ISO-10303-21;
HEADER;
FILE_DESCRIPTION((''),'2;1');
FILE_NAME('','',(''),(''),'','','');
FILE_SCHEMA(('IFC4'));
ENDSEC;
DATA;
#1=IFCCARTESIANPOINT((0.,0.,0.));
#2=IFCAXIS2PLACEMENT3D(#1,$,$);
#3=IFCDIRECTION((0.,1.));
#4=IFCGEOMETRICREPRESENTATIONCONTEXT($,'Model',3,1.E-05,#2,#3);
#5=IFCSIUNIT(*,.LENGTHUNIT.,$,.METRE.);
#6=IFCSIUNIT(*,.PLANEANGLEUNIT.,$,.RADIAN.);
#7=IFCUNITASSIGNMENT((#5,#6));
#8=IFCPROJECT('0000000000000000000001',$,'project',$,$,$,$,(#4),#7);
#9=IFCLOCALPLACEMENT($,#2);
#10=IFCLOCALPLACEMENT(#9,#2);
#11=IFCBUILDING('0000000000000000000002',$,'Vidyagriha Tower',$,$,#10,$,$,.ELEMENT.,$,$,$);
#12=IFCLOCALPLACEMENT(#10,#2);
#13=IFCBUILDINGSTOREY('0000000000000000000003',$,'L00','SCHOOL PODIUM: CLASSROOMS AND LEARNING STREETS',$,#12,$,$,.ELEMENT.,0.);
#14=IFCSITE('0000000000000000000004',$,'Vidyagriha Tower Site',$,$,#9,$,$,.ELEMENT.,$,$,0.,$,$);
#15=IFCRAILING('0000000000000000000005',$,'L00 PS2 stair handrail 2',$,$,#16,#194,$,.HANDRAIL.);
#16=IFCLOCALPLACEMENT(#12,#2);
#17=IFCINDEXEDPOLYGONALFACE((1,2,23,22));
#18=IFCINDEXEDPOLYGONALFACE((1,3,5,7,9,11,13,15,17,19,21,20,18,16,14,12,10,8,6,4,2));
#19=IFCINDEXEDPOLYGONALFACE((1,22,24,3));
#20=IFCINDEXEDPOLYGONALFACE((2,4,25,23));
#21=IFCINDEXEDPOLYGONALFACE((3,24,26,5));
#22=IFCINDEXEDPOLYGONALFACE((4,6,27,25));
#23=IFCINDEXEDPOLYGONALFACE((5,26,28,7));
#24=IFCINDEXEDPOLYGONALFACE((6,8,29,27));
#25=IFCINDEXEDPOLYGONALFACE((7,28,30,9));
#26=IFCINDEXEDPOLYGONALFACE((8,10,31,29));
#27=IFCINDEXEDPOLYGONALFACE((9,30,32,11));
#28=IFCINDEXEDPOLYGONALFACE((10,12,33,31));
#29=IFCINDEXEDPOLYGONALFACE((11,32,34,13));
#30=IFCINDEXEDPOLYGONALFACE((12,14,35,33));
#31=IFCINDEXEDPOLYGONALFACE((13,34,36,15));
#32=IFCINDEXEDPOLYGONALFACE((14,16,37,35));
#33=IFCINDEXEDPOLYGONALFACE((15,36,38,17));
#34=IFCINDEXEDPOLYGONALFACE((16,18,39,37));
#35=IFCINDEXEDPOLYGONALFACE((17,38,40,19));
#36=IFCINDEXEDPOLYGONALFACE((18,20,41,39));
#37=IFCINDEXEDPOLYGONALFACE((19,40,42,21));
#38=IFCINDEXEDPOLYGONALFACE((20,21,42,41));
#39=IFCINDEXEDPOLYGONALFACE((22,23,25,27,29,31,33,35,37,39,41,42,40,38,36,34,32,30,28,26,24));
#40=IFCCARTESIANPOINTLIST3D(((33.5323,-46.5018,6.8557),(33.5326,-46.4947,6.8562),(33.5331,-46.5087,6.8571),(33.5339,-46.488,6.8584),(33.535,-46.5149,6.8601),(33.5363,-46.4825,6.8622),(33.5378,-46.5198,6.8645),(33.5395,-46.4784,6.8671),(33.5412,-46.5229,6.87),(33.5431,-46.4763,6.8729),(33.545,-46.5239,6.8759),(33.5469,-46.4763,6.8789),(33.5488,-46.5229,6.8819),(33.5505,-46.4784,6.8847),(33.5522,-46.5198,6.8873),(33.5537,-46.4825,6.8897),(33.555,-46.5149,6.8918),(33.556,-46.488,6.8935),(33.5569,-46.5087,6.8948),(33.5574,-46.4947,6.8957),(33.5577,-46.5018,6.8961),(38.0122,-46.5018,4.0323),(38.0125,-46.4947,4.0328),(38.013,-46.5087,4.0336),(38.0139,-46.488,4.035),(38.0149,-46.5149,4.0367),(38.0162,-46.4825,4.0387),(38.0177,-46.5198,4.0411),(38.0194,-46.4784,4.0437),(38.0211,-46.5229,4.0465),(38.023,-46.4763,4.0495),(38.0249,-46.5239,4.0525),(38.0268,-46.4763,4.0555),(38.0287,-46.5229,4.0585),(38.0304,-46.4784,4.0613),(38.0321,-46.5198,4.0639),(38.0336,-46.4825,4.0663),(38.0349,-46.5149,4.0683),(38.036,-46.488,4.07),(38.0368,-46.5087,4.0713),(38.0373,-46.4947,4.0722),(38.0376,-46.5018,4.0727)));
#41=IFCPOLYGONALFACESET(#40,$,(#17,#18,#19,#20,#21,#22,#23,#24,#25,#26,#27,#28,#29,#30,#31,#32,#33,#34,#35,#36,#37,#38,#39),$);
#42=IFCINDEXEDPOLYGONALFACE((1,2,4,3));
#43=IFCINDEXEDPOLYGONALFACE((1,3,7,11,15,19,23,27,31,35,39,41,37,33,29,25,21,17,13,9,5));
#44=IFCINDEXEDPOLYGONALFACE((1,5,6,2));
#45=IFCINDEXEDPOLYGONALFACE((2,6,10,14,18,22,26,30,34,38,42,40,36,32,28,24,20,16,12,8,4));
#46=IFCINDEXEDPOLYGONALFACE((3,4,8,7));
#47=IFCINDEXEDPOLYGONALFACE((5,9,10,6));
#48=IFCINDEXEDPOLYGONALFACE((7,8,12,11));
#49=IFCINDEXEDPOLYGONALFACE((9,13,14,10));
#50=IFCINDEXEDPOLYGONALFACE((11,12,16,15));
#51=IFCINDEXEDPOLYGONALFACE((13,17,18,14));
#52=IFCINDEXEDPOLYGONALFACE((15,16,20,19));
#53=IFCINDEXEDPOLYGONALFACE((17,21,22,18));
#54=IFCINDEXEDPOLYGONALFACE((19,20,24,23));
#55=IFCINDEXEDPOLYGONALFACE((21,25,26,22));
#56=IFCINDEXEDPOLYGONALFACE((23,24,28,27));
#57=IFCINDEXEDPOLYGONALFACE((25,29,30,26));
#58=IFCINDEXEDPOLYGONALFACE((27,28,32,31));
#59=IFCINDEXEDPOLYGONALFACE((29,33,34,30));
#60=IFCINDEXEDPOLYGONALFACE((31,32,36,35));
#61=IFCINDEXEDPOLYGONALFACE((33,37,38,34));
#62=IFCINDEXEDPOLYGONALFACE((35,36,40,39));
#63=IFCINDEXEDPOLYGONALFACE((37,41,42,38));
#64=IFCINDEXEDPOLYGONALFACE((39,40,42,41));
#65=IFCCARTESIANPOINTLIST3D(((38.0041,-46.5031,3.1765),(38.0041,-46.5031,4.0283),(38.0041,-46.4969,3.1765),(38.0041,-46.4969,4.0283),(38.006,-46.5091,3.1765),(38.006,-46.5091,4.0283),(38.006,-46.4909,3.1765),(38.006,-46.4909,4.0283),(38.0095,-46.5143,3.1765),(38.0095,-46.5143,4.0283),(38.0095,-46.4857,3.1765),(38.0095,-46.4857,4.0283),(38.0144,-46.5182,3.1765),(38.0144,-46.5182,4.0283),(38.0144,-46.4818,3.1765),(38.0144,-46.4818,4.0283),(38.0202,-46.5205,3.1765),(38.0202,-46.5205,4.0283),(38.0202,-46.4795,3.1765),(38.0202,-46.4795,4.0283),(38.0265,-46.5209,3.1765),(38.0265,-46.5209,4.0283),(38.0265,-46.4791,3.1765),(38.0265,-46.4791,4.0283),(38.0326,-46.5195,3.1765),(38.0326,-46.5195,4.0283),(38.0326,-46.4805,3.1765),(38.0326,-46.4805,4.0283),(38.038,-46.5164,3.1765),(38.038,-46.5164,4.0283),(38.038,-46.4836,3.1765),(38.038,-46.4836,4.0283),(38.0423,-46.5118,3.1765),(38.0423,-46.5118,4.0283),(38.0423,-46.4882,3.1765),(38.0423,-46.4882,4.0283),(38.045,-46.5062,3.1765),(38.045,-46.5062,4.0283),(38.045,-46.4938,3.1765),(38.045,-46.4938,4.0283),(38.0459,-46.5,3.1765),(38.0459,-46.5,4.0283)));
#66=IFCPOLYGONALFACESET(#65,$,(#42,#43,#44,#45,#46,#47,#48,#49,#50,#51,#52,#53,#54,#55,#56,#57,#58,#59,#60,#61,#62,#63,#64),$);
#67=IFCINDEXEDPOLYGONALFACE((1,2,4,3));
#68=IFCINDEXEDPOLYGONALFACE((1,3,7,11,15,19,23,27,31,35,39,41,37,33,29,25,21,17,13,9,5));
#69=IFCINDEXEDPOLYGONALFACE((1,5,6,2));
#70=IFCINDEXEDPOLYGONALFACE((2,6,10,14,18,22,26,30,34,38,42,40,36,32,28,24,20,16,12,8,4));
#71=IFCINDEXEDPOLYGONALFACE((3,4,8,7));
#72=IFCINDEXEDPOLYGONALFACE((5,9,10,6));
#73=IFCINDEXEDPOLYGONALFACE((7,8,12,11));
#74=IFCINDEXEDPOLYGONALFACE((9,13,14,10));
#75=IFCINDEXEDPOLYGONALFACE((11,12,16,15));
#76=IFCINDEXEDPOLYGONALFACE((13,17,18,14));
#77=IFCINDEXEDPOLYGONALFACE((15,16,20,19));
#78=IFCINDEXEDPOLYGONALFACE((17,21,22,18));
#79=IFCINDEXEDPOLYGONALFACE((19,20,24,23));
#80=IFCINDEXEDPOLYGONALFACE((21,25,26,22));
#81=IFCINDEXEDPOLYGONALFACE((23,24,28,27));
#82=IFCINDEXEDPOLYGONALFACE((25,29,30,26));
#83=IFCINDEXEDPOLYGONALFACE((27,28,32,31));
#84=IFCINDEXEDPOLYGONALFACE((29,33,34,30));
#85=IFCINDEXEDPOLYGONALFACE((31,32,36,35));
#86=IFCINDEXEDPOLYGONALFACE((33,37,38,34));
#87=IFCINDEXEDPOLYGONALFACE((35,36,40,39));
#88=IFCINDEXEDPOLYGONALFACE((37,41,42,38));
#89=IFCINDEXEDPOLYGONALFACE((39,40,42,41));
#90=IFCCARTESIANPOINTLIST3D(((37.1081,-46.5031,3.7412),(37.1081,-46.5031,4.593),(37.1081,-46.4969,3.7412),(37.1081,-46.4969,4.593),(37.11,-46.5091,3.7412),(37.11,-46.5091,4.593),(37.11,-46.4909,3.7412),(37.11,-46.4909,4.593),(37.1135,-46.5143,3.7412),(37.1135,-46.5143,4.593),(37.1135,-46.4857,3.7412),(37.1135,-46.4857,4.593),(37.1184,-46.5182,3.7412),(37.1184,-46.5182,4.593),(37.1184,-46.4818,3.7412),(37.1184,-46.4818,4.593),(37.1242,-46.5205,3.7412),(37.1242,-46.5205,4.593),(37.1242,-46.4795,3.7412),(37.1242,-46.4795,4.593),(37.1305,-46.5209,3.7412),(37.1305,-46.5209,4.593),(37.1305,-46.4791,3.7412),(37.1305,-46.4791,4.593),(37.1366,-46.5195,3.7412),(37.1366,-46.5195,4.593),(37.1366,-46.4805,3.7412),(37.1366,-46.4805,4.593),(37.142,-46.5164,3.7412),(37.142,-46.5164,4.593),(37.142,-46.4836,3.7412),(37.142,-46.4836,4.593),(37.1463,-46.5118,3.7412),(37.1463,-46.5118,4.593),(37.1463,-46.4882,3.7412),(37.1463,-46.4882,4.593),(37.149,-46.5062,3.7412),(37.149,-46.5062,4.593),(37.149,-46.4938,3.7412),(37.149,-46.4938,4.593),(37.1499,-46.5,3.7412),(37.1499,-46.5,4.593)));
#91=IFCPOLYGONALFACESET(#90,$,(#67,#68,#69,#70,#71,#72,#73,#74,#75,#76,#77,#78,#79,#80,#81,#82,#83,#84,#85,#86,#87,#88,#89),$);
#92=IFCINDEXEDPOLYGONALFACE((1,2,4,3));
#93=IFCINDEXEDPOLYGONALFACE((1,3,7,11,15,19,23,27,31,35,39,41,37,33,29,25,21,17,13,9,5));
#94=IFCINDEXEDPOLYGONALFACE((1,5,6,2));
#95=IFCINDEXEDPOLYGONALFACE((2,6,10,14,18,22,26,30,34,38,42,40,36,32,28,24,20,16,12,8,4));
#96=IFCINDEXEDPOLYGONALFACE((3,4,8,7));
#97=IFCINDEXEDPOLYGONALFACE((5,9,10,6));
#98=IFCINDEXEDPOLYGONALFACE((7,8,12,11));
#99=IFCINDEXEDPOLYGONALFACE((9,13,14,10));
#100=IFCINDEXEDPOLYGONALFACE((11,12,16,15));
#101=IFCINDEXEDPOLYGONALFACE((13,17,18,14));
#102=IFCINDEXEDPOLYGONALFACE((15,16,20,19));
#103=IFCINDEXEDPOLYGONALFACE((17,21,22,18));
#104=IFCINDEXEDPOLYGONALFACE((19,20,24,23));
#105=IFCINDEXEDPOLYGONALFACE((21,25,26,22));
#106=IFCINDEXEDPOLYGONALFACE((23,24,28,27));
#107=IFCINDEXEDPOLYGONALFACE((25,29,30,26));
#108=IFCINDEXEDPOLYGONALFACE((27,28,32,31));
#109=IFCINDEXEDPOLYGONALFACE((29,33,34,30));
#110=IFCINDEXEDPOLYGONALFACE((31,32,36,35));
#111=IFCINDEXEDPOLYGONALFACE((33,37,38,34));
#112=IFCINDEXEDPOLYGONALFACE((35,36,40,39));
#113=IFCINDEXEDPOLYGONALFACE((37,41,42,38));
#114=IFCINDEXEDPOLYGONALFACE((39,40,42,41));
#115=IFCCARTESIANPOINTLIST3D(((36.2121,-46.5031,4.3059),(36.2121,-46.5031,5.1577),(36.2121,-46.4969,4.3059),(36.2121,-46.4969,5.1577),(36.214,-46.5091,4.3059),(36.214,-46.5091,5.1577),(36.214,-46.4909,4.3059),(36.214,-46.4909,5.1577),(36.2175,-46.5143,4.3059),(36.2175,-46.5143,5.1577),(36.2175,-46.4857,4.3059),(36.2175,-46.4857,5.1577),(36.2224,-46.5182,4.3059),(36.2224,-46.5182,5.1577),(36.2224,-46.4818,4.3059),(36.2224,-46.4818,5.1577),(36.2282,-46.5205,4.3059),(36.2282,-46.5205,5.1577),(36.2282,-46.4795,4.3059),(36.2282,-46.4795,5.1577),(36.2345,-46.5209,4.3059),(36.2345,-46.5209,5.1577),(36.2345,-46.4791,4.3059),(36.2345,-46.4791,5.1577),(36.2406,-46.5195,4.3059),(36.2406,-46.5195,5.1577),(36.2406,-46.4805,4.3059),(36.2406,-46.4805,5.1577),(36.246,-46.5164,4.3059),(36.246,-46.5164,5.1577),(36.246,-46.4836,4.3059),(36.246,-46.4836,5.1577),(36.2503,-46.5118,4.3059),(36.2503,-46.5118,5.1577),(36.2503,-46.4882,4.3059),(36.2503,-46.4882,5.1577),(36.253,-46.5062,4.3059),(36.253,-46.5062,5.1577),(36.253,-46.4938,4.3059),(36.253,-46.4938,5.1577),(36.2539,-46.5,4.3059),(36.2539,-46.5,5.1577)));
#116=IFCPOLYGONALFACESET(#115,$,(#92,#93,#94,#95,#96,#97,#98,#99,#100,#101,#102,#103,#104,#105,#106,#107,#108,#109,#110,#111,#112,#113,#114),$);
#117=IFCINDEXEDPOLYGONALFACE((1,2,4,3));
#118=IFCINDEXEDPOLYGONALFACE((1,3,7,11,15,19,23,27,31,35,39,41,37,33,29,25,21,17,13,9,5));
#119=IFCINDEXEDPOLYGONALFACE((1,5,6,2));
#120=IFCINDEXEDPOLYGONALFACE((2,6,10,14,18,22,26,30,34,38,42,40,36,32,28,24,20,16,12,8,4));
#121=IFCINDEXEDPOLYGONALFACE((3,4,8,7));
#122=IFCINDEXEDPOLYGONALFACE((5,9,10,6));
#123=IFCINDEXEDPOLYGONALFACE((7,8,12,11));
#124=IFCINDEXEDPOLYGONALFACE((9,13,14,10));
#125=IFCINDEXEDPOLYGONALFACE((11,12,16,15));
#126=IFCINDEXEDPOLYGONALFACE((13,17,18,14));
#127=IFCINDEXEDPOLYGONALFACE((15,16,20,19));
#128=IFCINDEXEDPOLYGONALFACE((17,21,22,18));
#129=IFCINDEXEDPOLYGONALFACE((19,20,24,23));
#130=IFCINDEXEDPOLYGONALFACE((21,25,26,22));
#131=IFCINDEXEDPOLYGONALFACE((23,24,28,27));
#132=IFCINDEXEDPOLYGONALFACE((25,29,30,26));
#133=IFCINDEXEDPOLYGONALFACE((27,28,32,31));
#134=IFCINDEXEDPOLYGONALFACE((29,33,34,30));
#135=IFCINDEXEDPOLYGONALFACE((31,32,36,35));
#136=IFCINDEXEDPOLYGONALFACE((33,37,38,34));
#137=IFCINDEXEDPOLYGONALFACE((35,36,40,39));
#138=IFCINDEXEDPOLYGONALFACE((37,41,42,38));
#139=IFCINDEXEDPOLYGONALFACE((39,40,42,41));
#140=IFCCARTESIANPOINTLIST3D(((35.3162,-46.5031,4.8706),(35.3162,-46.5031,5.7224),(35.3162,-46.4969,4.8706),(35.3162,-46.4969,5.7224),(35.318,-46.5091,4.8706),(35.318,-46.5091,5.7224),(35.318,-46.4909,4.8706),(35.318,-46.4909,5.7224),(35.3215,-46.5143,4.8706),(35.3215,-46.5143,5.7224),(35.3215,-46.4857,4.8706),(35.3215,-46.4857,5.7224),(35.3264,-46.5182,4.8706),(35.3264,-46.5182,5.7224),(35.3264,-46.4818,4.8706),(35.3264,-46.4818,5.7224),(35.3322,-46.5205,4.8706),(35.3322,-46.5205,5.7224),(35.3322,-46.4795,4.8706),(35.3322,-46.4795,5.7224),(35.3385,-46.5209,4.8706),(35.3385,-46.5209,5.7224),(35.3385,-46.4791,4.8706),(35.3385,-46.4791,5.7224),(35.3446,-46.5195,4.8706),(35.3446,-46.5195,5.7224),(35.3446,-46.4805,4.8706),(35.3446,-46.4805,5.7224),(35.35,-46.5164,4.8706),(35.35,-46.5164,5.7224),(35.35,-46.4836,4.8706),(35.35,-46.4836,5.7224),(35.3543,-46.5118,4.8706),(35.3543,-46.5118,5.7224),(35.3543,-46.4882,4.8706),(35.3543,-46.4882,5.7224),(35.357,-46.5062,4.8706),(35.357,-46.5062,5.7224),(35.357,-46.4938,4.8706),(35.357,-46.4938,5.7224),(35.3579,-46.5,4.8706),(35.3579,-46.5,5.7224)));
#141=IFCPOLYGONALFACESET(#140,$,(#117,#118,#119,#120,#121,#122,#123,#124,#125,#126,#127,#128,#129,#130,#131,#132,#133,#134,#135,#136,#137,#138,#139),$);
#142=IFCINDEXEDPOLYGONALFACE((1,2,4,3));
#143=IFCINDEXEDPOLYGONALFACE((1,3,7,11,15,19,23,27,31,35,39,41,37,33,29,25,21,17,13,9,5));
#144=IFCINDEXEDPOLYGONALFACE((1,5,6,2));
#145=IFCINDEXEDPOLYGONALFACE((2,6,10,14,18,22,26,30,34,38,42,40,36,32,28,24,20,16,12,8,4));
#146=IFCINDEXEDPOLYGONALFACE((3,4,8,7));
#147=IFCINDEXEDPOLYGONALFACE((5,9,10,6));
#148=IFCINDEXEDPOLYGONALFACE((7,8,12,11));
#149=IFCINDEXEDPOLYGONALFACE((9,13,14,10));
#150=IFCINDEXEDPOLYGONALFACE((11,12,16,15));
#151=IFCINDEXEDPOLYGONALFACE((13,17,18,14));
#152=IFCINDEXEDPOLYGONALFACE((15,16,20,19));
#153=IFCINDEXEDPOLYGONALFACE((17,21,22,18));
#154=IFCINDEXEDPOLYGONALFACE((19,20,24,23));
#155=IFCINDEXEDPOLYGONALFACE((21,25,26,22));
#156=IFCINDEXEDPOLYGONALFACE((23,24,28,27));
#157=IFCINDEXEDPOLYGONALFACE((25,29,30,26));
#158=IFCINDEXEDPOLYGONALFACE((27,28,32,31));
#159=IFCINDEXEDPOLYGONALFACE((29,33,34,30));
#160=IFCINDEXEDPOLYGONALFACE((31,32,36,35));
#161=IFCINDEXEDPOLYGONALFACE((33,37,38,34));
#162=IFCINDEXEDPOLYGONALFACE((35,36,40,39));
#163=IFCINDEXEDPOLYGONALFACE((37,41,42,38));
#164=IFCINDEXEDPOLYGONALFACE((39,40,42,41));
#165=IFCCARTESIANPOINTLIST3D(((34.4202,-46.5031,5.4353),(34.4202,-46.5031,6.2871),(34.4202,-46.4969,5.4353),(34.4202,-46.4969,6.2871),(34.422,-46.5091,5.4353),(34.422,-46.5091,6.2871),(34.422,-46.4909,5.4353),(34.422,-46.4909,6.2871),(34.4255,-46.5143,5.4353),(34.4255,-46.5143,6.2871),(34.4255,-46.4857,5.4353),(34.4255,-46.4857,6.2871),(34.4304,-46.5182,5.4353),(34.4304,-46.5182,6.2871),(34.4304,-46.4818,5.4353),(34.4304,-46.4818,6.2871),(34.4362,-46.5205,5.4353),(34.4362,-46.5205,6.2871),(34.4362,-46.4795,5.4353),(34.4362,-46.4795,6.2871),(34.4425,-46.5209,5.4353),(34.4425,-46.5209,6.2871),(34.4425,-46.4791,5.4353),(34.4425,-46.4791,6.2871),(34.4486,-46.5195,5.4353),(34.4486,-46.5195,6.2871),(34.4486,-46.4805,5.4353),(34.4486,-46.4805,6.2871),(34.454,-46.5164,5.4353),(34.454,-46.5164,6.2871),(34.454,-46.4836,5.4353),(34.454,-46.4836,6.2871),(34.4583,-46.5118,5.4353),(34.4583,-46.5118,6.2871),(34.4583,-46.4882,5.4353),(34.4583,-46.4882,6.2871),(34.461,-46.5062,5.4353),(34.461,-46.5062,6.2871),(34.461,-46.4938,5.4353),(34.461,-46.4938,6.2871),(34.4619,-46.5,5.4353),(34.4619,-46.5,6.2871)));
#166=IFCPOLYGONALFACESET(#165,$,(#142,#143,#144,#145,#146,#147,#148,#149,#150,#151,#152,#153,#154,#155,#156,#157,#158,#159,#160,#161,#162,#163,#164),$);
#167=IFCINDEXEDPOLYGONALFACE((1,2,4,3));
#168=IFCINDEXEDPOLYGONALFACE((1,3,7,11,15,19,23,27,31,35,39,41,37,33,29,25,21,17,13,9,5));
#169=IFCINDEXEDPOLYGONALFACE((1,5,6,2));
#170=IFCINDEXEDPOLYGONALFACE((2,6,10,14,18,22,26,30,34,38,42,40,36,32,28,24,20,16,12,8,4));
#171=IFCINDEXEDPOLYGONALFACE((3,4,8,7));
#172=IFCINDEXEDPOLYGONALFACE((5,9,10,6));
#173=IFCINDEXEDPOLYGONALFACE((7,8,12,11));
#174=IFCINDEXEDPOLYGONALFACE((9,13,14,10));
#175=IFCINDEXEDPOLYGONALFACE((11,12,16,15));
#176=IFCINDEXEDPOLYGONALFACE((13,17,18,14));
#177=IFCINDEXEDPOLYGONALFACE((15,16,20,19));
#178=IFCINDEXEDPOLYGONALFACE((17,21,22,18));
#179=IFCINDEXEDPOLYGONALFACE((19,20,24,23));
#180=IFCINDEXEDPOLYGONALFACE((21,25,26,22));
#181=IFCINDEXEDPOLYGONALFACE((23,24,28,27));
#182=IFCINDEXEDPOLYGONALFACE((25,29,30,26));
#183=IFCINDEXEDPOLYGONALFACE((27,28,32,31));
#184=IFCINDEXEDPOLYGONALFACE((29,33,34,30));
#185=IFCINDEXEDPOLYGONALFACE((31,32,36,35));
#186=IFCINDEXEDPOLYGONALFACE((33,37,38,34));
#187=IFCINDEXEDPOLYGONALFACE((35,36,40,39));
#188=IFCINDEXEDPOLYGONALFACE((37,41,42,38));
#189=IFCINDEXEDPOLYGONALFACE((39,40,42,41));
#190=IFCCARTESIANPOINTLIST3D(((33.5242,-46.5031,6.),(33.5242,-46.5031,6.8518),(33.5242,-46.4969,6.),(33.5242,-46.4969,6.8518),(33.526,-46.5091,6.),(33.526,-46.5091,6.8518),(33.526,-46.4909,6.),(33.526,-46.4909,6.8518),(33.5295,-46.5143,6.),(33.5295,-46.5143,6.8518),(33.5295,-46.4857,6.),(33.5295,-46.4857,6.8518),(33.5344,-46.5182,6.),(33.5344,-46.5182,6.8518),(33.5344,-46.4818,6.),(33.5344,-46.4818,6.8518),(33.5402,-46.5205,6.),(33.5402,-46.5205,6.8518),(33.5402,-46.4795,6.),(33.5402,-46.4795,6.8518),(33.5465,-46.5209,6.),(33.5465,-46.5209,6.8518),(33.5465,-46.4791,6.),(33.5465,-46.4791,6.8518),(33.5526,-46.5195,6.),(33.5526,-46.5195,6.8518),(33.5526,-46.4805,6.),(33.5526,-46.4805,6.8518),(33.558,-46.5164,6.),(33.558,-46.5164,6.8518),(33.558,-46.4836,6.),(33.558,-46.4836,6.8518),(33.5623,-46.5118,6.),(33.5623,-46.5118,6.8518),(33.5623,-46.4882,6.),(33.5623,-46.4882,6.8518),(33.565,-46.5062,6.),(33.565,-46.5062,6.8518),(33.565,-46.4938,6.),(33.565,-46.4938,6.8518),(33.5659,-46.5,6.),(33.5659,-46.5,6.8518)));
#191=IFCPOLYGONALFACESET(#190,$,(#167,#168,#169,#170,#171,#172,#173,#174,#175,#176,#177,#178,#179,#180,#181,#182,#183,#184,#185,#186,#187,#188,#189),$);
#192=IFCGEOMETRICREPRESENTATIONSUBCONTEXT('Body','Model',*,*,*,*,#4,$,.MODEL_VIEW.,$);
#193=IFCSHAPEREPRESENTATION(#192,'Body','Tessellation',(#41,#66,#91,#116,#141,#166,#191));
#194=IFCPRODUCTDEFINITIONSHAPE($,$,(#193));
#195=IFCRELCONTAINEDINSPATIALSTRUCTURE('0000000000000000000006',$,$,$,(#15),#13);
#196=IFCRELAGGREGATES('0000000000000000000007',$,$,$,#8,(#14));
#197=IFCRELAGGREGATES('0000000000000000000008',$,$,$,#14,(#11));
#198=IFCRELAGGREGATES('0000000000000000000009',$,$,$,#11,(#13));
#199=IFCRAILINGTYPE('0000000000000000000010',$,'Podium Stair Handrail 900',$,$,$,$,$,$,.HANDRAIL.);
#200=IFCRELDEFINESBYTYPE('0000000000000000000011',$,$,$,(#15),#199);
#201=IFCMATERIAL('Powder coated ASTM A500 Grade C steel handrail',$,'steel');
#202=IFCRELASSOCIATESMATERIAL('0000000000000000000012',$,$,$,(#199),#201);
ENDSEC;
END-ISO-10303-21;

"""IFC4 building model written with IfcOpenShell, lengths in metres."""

from ifc_helpers import new_model, si_unit, direction, frame, origin, origin_2d, place, context, subcontext, project, spatial, circle, extrude, material, type_object, element, save


model = new_model("IFC4")

# Units and contexts
model_context = context("Model", 3, precision=1e-05, world=origin(), true_north=direction((0.0, 1.0)))
body_context = subcontext(model_context, "Body", "Model", "MODEL_VIEW")
ifc_project = project(units=[si_unit("LENGTHUNIT", "METRE"), si_unit("PLANEANGLEUNIT", "RADIAN")], contexts=[model_context])

# Site, building, storey
site_placement = place(None, origin())
site = spatial("IfcSite", under=ifc_project, at=site_placement, Name="Vidyagriha Tower Site", CompositionType="ELEMENT", RefElevation=0.0)
building_placement = place(site_placement, origin())
building = spatial("IfcBuilding", under=site, at=building_placement, Name="Vidyagriha Tower", CompositionType="ELEMENT")
storey_placement = place(building_placement, origin())
storey = spatial("IfcBuildingStorey", under=building, at=storey_placement, Name="L00", Description="SCHOOL PODIUM: CLASSROOMS AND LEARNING STREETS", CompositionType="ELEMENT", Elevation=0.0)

# Railing
ifc_material_1 = material(Name="Powder coated ASTM A500 Grade C steel handrail", Category="steel")
railing_type_1 = type_object("IfcRailingType", Name="Podium Stair Handrail 900", PredefinedType="HANDRAIL", material=ifc_material_1)
railing_1_placement = place(storey_placement, frame((38.0249, -46.5, 3.1765)))
element("IfcRailing", 1, at=railing_1_placement, inside=storey, type_object=railing_type_1, Name="L00 PS2 stair handrail 2", PredefinedType="HANDRAIL", context=body_context, shape_type="SweptSolid", body=[
    extrude(circle(Radius=0.0239, at=origin_2d()), frame((0.0, 0.0, 0.876), z_axis=(-0.845998, 0.0, 0.533186), x_axis=(0.0, -1.0, 0.0)), (0.0, 0.0, 1.0), 5.2954),
    extrude(circle(Radius=0.021, at=origin_2d()), origin(), (0.0, 0.0, 1.0), 0.8518),
    extrude(circle(Radius=0.021, at=origin_2d()), frame((-0.896, 0.0, 0.5647)), (0.0, 0.0, 1.0), 0.8518),
    extrude(circle(Radius=0.021, at=origin_2d()), frame((-1.792, 0.0, 1.1294)), (0.0, 0.0, 1.0), 0.8518),
    extrude(circle(Radius=0.021, at=origin_2d()), frame((-2.688, 0.0, 1.6941)), (0.0, 0.0, 1.0), 0.8518),
    extrude(circle(Radius=0.021, at=origin_2d()), frame((-3.584, 0.0, 2.2588)), (0.0, 0.0, 1.0), 0.8518),
    extrude(circle(Radius=0.021, at=origin_2d()), frame((-4.48, 0.0, 2.8235)), (0.0, 0.0, 1.0), 0.8518),
])

save(model, "model.ifc")
